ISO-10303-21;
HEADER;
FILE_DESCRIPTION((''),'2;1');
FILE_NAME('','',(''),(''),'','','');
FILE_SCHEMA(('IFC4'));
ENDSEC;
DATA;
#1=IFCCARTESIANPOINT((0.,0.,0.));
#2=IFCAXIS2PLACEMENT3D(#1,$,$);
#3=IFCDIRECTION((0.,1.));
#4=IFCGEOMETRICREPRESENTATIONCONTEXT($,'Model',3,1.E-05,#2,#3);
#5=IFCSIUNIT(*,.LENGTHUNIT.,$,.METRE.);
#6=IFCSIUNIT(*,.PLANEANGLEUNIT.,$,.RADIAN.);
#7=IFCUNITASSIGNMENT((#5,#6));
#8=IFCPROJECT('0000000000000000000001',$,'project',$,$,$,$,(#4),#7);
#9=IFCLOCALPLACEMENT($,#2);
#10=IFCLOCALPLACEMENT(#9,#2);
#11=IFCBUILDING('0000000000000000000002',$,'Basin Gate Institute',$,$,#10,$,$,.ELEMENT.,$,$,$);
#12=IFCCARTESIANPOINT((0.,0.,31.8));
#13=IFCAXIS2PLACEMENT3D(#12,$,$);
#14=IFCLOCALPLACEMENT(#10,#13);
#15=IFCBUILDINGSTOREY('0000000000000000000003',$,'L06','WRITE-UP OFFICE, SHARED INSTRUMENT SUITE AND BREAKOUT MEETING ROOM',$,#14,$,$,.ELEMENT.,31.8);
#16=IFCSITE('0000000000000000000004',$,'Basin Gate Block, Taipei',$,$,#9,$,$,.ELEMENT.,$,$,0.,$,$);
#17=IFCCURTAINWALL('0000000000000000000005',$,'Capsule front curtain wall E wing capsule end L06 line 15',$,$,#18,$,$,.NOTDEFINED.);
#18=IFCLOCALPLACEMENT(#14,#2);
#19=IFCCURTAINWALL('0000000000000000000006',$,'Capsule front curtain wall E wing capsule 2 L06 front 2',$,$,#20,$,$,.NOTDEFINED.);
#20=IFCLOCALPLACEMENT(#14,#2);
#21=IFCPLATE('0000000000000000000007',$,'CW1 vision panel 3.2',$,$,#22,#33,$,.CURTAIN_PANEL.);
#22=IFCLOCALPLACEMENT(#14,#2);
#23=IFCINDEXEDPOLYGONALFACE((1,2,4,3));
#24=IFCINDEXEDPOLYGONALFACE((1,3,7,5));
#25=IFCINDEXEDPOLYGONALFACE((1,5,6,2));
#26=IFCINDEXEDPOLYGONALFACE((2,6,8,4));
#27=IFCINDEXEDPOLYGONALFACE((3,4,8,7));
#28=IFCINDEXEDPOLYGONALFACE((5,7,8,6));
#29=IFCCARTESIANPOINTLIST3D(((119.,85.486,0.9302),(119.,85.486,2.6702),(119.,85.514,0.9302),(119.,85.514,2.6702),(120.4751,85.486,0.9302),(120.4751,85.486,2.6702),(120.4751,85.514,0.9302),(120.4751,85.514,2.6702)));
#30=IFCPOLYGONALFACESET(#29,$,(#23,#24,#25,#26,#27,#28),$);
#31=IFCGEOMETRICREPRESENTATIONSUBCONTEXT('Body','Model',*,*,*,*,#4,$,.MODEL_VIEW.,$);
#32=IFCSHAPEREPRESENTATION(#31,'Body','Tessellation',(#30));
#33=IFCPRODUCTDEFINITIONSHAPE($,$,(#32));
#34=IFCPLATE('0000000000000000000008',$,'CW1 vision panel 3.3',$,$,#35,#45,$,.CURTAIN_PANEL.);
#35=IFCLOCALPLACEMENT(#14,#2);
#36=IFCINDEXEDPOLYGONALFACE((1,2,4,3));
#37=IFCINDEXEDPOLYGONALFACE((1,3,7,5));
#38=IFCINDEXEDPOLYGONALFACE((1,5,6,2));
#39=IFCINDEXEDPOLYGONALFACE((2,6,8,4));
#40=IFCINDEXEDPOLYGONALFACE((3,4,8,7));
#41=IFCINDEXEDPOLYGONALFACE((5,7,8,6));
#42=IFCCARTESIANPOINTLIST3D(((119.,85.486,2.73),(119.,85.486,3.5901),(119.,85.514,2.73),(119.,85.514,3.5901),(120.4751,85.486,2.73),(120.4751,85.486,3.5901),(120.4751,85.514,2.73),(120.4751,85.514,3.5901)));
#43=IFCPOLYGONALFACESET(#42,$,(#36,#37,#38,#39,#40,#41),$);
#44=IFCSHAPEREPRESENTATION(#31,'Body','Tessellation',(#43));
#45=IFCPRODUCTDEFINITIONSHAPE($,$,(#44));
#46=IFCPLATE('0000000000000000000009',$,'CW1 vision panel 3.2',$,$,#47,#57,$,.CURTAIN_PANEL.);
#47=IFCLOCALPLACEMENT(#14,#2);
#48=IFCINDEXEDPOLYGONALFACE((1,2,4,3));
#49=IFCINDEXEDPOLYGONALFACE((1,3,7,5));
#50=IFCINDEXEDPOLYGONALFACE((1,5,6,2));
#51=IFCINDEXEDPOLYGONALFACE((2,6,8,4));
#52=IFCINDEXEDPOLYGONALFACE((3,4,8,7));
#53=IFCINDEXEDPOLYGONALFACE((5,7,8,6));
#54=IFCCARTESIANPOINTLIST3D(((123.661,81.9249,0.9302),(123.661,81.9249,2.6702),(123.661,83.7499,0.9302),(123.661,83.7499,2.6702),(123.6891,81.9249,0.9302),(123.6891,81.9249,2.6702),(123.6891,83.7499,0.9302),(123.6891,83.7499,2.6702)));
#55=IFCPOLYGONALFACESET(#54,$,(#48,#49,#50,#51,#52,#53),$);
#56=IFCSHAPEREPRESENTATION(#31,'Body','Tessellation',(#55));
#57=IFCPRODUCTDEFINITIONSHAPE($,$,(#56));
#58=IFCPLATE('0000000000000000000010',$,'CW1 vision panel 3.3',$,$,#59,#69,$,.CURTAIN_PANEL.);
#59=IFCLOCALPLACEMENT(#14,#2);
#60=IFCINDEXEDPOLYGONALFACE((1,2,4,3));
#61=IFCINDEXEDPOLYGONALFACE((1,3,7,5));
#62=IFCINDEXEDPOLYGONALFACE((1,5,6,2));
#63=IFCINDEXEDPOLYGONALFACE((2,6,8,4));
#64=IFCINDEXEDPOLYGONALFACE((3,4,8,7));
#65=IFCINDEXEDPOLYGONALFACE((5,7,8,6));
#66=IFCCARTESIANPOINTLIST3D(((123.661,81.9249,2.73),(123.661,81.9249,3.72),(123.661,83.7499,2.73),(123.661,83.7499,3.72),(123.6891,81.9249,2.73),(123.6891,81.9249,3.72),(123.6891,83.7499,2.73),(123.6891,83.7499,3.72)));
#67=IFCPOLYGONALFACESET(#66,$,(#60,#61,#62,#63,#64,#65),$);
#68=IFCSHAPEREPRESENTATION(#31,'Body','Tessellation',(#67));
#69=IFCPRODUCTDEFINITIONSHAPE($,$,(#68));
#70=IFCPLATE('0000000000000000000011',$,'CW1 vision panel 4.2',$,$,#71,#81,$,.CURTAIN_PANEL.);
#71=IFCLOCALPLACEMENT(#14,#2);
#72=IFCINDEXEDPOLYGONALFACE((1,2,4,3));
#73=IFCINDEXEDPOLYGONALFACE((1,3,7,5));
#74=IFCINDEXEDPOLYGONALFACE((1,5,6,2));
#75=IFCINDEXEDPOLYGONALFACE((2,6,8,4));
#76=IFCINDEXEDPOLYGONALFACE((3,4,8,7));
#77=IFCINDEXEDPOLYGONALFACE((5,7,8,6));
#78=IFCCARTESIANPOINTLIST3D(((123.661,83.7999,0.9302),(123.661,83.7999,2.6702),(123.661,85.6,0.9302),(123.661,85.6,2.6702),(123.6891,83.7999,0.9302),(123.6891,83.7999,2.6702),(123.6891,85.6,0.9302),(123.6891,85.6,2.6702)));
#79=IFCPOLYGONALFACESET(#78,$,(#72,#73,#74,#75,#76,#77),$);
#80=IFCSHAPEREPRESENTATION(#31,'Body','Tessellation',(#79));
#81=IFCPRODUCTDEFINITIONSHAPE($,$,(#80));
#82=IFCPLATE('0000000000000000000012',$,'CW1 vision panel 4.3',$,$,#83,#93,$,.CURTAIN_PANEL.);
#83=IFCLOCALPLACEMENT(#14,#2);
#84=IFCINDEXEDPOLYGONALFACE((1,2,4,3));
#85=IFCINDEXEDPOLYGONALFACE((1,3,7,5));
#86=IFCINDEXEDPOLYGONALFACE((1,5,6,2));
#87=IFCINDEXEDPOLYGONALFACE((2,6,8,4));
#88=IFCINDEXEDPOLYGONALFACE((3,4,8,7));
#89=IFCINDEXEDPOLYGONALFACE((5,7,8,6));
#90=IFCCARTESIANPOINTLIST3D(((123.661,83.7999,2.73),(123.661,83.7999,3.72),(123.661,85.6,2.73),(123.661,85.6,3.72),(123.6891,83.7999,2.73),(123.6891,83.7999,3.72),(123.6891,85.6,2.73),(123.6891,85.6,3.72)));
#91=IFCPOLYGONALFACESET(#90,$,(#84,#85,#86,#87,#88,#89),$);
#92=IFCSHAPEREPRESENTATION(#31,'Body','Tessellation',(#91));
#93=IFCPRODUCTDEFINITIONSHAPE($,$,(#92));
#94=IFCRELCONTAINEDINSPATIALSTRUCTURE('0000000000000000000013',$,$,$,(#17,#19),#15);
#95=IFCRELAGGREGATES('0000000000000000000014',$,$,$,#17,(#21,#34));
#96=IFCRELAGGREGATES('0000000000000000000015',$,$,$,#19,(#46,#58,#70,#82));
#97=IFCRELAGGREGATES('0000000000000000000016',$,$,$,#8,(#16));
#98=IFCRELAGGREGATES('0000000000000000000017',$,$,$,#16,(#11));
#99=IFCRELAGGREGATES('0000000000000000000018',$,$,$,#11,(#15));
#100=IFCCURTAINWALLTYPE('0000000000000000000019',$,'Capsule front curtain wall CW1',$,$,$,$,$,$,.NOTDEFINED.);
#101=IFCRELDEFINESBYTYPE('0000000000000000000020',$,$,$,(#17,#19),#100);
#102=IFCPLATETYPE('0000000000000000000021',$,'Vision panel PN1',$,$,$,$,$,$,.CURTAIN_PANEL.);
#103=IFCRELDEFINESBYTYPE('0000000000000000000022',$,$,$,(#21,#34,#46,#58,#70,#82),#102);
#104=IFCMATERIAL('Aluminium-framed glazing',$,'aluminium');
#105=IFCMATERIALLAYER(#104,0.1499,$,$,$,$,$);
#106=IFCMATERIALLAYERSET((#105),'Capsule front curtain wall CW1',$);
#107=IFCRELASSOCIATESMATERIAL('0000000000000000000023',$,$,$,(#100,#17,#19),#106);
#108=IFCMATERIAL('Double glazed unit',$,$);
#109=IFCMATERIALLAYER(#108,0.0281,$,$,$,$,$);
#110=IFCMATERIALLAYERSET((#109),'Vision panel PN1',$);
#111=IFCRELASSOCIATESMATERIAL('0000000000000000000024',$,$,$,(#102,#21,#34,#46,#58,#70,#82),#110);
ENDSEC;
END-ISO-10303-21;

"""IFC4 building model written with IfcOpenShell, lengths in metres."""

from ifc_helpers import new_model, si_unit, direction, frame, origin, origin_2d, place, context, subcontext, project, spatial, rectangle, extrude, material, layer, layer_set, type_object, element, aggregate, save


model = new_model("IFC4")

# Units and contexts
model_context = context("Model", 3, precision=1e-05, world=origin(), true_north=direction((0.0, 1.0)))
body_context = subcontext(model_context, "Body", "Model", "MODEL_VIEW")
ifc_project = project(units=[si_unit("LENGTHUNIT", "METRE"), si_unit("PLANEANGLEUNIT", "RADIAN")], contexts=[model_context])

# Site, building, storey
site_placement = place(None, origin())
site = spatial("IfcSite", under=ifc_project, at=site_placement, Name="Basin Gate Block, Taipei", CompositionType="ELEMENT", RefElevation=0.0)
building_placement = place(site_placement, origin())
building = spatial("IfcBuilding", under=site, at=building_placement, Name="Basin Gate Institute", CompositionType="ELEMENT")
storey_placement = place(building_placement, frame((0.0, 0.0, 31.8)))
storey = spatial("IfcBuildingStorey", under=building, at=storey_placement, Name="L06", Description="WRITE-UP OFFICE, SHARED INSTRUMENT SUITE AND BREAKOUT MEETING ROOM", CompositionType="ELEMENT", Elevation=31.8)

# Curtain wall
ifc_material_1 = material(Name="Aluminium-framed glazing", Category="aluminium")
ifc_layer_1 = layer(ifc_material_1, 0.1499)
ifc_layer_set_1 = layer_set([ifc_layer_1], Name="Capsule front curtain wall CW1")
curtain_wall_type = type_object("IfcCurtainWallType", Name="Capsule front curtain wall CW1", PredefinedType="NOTDEFINED", material=ifc_layer_set_1)
curtain_wall_1_placement = place(storey_placement, origin())
curtain_wall_1 = element("IfcCurtainWall", 1, at=curtain_wall_1_placement, inside=storey, type_object=curtain_wall_type, material=ifc_layer_set_1, Name="Capsule front curtain wall E wing capsule end L06 line 15", PredefinedType="NOTDEFINED")

# Curtain wall
curtain_wall_2_placement = place(storey_placement, origin())
curtain_wall_2 = element("IfcCurtainWall", 2, at=curtain_wall_2_placement, inside=storey, type_object=curtain_wall_type, material=ifc_layer_set_1, Name="Capsule front curtain wall E wing capsule 2 L06 front 2", PredefinedType="NOTDEFINED")

# Plates
ifc_material_2 = material(Name="Double glazed unit")
ifc_layer_2 = layer(ifc_material_2, 0.0281)
ifc_layer_set_2 = layer_set([ifc_layer_2], Name="Vision panel PN1")
plate_type_1 = type_object("IfcPlateType", Name="Vision panel PN1", PredefinedType="CURTAIN_PANEL", material=ifc_layer_set_2)
plate_1_placement = place(storey_placement, frame((119.7375, 85.5, 0.9302), z_axis=(0.0, 0.0, 1.0), x_axis=(-1.0, 0.0, 0.0)))
plate_1 = element("IfcPlate", 3, at=plate_1_placement, type_object=plate_type_1, material=ifc_layer_set_2, Name="CW1 vision panel 3.2", PredefinedType="CURTAIN_PANEL", context=body_context, shape_type="SweptSolid", body=[
    extrude(rectangle(XDim=1.4751, YDim=0.0281, at=origin_2d()), origin(), (0.0, 0.0, 1.0), 1.74),
])
plate_2_placement = place(storey_placement, frame((119.7375, 85.5, 2.73), z_axis=(0.0, 0.0, 1.0), x_axis=(-1.0, 0.0, 0.0)))
plate_2 = element("IfcPlate", 4, at=plate_2_placement, type_object=plate_type_1, material=ifc_layer_set_2, Name="CW1 vision panel 3.3", PredefinedType="CURTAIN_PANEL", context=body_context, shape_type="SweptSolid", body=[
    extrude(rectangle(XDim=1.4751, YDim=0.0281, at=origin_2d()), origin(), (0.0, 0.0, 1.0), 0.8601),
])
aggregate(curtain_wall_1, [plate_1, plate_2])
plate_3_placement = place(storey_placement, frame((123.675, 82.8374, 0.9302), z_axis=(0.0, 0.0, 1.0), x_axis=(0.0, 1.0, 0.0)))
plate_3 = element("IfcPlate", 5, at=plate_3_placement, type_object=plate_type_1, material=ifc_layer_set_2, Name="CW1 vision panel 3.2", PredefinedType="CURTAIN_PANEL", context=body_context, shape_type="SweptSolid", body=[
    extrude(rectangle(XDim=1.825, YDim=0.0281, at=origin_2d()), origin(), (0.0, 0.0, 1.0), 1.74),
])
plate_4_placement = place(storey_placement, frame((123.675, 82.8374, 2.73), z_axis=(0.0, 0.0, 1.0), x_axis=(0.0, 1.0, 0.0)))
plate_4 = element("IfcPlate", 6, at=plate_4_placement, type_object=plate_type_1, material=ifc_layer_set_2, Name="CW1 vision panel 3.3", PredefinedType="CURTAIN_PANEL", context=body_context, shape_type="SweptSolid", body=[
    extrude(rectangle(XDim=1.825, YDim=0.0281, at=origin_2d()), origin(), (0.0, 0.0, 1.0), 0.99),
])
plate_5_placement = place(storey_placement, frame((123.675, 84.7, 0.9302), z_axis=(0.0, 0.0, 1.0), x_axis=(0.0, 1.0, 0.0)))
plate_5 = element("IfcPlate", 7, at=plate_5_placement, type_object=plate_type_1, material=ifc_layer_set_2, Name="CW1 vision panel 4.2", PredefinedType="CURTAIN_PANEL", context=body_context, shape_type="SweptSolid", body=[
    extrude(rectangle(XDim=1.8, YDim=0.0281, at=origin_2d()), origin(), (0.0, 0.0, 1.0), 1.74),
])
plate_6_placement = place(storey_placement, frame((123.675, 84.7, 2.73), z_axis=(0.0, 0.0, 1.0), x_axis=(0.0, 1.0, 0.0)))
plate_6 = element("IfcPlate", 8, at=plate_6_placement, type_object=plate_type_1, material=ifc_layer_set_2, Name="CW1 vision panel 4.3", PredefinedType="CURTAIN_PANEL", context=body_context, shape_type="SweptSolid", body=[
    extrude(rectangle(XDim=1.8, YDim=0.0281, at=origin_2d()), origin(), (0.0, 0.0, 1.0), 0.99),
])
aggregate(curtain_wall_2, [plate_3, plate_4, plate_5, plate_6])

save(model, "model.ifc")
